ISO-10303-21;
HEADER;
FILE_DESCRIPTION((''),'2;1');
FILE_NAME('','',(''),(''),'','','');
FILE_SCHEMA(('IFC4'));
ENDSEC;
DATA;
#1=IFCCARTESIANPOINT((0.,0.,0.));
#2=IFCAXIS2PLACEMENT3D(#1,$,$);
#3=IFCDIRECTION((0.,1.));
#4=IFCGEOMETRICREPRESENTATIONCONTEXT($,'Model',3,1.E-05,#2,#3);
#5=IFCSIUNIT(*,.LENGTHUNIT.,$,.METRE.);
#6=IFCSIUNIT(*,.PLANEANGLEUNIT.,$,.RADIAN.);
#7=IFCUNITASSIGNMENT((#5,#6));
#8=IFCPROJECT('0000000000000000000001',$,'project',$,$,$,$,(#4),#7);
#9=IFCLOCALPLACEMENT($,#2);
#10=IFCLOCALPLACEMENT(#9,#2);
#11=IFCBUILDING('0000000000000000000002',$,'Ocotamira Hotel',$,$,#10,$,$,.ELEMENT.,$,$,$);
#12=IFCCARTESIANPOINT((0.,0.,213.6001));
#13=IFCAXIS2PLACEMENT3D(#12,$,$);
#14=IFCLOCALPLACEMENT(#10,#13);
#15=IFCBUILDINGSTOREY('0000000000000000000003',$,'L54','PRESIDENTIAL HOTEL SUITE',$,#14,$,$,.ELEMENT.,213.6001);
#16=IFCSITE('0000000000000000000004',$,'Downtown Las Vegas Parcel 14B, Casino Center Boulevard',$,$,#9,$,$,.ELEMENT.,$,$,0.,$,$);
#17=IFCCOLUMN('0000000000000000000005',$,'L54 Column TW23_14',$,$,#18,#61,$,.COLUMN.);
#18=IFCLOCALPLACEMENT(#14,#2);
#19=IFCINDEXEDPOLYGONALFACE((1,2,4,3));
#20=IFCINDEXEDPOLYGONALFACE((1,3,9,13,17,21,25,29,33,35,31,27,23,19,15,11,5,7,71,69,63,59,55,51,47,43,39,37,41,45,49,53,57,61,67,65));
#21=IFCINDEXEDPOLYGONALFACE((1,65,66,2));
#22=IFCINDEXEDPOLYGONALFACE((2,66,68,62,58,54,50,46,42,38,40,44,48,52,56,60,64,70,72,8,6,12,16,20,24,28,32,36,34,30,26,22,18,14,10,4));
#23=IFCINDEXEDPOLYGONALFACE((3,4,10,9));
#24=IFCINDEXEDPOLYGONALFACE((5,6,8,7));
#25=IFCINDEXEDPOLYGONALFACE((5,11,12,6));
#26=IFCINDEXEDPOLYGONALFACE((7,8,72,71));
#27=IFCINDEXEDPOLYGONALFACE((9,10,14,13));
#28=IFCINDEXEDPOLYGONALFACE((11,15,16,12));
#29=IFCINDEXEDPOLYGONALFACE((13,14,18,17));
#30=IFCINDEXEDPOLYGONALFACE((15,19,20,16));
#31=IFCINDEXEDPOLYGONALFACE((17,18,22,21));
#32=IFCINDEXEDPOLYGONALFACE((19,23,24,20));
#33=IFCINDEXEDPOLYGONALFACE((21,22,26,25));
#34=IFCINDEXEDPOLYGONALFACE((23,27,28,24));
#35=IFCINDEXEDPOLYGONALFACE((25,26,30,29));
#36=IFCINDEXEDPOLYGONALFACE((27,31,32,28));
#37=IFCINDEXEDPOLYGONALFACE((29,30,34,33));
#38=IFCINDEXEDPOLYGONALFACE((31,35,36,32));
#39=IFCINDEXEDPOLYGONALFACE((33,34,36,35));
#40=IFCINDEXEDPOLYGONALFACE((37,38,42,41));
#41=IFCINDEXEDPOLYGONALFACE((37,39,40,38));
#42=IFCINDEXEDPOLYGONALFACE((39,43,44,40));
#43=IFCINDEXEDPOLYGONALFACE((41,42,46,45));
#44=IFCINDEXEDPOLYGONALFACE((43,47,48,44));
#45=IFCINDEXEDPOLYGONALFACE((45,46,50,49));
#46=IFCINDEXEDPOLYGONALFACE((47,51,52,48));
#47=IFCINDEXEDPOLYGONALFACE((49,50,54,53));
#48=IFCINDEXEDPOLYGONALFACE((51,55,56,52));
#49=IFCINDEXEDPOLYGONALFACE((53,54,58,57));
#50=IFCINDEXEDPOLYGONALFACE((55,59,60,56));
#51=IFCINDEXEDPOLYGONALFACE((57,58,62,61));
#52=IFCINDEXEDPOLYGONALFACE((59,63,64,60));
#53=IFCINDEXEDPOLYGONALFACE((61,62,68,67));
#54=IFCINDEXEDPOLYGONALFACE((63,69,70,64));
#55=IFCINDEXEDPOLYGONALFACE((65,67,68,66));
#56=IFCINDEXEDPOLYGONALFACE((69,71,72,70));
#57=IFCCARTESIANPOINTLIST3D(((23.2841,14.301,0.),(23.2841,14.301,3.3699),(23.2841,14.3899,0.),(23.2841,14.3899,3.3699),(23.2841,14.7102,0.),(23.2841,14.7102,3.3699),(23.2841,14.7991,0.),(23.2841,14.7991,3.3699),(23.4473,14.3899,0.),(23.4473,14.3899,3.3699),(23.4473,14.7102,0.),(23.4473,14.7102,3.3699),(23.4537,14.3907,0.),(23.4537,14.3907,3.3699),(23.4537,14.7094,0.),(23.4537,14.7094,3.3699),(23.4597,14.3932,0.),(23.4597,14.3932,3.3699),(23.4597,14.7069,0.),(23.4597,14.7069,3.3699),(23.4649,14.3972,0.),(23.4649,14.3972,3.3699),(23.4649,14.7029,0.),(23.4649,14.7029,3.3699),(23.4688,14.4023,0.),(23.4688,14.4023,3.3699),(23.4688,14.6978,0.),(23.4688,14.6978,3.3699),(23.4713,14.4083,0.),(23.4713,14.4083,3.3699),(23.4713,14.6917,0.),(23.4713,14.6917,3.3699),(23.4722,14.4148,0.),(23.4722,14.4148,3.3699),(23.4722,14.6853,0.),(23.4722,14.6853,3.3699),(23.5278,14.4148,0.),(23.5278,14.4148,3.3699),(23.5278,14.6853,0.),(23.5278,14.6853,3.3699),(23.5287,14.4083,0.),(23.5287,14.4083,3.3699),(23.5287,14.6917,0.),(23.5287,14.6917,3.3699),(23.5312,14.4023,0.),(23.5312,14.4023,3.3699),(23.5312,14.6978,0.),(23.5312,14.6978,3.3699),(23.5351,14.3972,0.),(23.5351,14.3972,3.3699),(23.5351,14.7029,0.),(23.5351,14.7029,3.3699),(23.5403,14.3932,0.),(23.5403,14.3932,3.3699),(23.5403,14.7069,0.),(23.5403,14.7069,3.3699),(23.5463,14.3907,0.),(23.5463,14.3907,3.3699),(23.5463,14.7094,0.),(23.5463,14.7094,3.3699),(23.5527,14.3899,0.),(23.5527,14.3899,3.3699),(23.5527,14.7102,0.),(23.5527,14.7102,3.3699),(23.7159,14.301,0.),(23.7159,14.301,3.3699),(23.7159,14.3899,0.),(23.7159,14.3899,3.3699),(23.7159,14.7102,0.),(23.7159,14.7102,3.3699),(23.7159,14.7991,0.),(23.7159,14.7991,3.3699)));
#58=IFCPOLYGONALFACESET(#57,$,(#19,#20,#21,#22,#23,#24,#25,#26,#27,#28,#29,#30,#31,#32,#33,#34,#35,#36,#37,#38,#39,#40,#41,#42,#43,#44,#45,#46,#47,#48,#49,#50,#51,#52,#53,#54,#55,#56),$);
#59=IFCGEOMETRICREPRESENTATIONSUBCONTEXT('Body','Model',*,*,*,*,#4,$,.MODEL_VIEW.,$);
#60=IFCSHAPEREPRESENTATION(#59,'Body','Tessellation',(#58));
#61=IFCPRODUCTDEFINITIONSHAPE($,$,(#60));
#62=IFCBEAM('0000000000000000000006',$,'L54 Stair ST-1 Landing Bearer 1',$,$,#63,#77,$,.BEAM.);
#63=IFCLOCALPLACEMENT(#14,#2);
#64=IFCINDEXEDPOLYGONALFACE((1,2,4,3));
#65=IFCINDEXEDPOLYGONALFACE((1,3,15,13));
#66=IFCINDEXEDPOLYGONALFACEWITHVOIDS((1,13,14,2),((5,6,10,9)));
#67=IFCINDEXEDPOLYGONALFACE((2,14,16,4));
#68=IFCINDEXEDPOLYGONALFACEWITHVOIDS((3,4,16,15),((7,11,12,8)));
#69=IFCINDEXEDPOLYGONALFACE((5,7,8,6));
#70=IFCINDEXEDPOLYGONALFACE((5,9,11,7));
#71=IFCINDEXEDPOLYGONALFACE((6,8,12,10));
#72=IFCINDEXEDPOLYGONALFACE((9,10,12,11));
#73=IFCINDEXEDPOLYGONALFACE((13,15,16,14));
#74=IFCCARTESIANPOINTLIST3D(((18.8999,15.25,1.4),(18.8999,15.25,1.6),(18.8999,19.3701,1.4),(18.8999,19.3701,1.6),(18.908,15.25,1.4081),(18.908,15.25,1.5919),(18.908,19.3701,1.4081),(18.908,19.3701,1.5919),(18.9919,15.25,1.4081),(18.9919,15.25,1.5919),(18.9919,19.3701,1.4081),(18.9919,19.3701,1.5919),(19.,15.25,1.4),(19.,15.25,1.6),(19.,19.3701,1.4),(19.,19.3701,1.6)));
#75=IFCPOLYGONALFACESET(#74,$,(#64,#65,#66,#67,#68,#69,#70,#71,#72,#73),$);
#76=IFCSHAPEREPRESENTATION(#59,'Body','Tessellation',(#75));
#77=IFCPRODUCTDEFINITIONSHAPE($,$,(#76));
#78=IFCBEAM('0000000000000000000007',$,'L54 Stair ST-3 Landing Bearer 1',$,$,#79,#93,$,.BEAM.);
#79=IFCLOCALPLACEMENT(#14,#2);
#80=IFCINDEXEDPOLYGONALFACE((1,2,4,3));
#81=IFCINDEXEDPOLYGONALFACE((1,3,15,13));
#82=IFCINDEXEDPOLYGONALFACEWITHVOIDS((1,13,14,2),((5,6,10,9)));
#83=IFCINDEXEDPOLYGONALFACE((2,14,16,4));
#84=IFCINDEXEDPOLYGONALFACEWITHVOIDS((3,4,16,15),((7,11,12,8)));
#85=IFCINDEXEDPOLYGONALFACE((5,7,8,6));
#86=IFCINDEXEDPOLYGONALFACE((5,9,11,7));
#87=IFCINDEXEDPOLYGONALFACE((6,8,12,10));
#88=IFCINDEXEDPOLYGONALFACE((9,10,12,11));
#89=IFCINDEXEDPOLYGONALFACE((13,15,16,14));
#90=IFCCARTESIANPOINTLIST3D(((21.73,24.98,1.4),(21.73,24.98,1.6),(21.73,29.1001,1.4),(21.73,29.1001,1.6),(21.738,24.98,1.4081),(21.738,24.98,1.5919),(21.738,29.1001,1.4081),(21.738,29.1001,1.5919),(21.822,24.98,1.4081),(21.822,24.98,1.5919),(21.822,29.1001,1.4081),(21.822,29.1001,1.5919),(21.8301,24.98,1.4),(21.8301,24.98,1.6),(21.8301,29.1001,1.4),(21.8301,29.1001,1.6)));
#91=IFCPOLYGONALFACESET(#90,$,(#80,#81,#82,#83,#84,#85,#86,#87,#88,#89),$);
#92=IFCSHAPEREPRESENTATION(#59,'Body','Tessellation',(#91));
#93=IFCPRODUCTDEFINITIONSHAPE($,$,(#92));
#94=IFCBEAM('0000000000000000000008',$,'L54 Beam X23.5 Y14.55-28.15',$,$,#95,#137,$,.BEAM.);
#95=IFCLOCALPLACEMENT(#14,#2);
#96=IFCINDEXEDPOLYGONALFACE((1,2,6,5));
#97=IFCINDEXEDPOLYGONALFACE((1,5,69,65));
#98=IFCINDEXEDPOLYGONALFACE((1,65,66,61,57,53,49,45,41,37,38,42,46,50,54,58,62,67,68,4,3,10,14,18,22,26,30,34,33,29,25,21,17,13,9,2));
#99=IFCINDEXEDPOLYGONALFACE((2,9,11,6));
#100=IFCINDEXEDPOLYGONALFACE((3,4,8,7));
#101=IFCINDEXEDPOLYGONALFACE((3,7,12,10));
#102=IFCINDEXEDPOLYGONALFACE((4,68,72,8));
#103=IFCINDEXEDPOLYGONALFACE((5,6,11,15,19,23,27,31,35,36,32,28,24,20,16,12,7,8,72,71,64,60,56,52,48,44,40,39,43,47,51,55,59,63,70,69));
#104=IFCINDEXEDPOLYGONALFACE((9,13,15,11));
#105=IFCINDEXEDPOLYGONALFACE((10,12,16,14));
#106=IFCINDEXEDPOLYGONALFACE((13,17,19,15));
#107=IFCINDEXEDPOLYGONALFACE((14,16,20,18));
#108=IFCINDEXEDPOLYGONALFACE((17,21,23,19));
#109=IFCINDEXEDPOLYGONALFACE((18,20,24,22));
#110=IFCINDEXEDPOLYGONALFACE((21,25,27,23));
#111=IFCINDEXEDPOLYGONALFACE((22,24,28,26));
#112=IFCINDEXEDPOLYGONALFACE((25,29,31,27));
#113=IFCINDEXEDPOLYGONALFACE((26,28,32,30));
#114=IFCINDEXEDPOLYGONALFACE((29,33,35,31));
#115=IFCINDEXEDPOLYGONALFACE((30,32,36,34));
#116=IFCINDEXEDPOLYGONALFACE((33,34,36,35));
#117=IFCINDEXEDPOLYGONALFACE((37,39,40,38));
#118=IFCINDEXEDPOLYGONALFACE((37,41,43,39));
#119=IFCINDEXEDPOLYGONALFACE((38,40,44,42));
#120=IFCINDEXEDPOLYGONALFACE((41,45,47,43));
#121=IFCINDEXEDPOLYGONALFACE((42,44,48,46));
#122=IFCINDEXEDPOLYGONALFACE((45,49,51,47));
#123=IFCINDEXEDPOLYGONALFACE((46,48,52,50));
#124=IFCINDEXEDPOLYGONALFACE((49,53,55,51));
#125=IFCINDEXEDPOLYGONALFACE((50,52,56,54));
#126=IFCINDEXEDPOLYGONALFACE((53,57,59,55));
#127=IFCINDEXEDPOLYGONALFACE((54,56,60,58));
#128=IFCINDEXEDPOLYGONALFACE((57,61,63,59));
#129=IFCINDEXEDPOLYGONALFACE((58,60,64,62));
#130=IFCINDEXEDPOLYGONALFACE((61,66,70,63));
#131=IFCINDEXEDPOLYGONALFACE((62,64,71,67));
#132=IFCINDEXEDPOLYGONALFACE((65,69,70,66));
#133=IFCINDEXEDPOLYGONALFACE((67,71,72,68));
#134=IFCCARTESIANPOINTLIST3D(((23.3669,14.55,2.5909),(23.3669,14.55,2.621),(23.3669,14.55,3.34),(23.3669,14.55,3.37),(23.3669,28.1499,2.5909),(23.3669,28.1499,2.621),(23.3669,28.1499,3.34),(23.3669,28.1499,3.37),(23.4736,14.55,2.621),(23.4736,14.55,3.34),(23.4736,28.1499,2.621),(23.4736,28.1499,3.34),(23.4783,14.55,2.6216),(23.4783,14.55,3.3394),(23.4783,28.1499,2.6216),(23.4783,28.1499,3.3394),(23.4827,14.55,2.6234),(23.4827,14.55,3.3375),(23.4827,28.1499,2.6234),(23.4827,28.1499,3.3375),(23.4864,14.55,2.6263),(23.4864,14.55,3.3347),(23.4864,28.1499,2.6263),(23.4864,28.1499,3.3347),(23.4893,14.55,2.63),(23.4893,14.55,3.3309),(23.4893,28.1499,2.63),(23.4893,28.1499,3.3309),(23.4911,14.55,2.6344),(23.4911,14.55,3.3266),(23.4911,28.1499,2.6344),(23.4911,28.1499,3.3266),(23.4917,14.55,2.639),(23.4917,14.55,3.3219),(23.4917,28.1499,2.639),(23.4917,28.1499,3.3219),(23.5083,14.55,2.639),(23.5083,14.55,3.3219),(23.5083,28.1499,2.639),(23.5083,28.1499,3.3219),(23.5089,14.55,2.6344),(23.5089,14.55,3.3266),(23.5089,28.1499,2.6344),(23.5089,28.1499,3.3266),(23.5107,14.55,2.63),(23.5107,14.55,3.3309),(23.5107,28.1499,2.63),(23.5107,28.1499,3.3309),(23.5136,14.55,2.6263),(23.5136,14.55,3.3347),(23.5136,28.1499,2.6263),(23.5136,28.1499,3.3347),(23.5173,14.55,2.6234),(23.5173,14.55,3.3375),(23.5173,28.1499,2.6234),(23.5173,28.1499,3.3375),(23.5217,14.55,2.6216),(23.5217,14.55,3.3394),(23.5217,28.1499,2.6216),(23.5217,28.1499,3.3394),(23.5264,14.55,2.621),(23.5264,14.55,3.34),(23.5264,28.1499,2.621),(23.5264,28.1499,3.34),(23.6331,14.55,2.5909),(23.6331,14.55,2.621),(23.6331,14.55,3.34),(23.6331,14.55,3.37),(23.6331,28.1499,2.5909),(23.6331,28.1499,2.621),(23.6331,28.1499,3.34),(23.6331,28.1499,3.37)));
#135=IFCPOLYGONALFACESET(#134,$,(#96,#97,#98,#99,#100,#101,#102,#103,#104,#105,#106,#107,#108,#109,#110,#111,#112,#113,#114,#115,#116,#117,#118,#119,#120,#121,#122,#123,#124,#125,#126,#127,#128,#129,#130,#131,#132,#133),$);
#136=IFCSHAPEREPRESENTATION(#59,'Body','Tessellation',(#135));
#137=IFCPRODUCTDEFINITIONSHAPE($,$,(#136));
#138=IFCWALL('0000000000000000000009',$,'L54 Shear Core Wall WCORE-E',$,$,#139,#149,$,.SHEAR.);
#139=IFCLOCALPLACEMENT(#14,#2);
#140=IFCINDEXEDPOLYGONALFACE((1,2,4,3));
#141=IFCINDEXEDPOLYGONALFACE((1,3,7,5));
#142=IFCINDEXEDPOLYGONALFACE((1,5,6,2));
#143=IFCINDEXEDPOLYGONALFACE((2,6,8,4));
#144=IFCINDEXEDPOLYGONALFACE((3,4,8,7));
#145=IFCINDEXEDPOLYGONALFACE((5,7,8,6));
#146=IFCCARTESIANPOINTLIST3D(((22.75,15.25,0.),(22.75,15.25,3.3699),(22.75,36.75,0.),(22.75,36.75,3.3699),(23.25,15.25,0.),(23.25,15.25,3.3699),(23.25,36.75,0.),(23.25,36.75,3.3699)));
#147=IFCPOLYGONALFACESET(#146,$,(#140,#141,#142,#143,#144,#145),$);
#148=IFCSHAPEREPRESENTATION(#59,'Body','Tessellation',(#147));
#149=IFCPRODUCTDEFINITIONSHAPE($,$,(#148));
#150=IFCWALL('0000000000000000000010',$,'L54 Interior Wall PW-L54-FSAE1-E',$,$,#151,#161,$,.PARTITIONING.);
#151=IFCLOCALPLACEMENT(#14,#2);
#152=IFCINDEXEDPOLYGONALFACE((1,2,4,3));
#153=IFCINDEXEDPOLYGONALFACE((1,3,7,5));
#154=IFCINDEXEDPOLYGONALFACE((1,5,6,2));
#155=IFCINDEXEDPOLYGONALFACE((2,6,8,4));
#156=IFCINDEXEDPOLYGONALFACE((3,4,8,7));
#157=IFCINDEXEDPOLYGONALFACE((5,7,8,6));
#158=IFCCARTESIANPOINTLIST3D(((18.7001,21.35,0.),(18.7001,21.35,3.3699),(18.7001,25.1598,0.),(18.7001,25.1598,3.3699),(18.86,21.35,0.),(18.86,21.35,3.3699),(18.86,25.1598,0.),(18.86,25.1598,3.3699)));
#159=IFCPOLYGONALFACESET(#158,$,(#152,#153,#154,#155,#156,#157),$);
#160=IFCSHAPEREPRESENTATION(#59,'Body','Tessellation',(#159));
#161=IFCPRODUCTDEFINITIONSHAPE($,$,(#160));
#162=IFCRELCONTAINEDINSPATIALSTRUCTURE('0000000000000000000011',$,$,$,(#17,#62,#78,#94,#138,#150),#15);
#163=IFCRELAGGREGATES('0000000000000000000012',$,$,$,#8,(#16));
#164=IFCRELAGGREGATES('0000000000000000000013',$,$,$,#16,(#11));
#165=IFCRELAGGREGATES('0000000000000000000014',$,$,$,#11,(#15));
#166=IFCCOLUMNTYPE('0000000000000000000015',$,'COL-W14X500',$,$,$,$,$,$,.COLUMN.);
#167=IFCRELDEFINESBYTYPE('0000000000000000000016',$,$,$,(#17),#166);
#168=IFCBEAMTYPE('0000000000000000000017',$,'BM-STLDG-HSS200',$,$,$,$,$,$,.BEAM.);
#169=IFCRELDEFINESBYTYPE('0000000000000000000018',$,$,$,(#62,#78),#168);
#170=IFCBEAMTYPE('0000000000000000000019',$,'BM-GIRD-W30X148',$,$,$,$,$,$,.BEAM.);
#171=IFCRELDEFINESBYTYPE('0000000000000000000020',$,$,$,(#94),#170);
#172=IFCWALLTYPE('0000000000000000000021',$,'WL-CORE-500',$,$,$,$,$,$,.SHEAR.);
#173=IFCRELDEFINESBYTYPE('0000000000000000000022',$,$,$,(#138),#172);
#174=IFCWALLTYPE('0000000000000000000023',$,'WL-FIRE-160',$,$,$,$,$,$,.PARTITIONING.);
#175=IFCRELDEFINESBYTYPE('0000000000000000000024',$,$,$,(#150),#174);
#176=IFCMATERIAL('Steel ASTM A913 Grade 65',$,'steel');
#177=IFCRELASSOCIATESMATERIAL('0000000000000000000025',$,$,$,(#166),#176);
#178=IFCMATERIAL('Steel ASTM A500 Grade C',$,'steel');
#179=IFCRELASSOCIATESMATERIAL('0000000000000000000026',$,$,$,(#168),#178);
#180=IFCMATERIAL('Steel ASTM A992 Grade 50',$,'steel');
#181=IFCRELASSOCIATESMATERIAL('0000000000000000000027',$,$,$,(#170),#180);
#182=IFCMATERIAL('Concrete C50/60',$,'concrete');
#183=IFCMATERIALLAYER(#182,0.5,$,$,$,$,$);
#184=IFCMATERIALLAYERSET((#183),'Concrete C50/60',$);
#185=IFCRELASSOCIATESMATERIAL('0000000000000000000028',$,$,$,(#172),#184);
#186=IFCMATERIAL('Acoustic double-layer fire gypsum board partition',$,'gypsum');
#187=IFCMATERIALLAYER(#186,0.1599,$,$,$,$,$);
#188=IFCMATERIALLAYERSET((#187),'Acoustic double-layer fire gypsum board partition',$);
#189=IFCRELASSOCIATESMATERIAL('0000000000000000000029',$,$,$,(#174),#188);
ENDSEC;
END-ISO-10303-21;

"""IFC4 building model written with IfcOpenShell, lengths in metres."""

from ifc_helpers import new_model, si_unit, direction, frame, frame_2d, origin, origin_2d, place, context, subcontext, project, spatial, rectangle, hollow_rectangle, i_section, extrude, source, transform, mapped, material, layer, layer_set, material_profile, profile_set, type_object, element, save


model = new_model("IFC4")

# Units and contexts
model_context = context("Model", 3, precision=1e-05, world=origin(), true_north=direction((0.0, 1.0)))
body_context = subcontext(model_context, "Body", "Model", "MODEL_VIEW")
ifc_project = project(units=[si_unit("LENGTHUNIT", "METRE"), si_unit("PLANEANGLEUNIT", "RADIAN")], contexts=[model_context])

# Site, building, storey
site_placement = place(None, origin())
site = spatial("IfcSite", under=ifc_project, at=site_placement, Name="Downtown Las Vegas Parcel 14B, Casino Center Boulevard", CompositionType="ELEMENT", RefElevation=0.0)
building_placement = place(site_placement, origin())
building = spatial("IfcBuilding", under=site, at=building_placement, Name="Ocotamira Hotel", CompositionType="ELEMENT")
storey_placement = place(building_placement, frame((0.0, 0.0, 213.6001)))
storey = spatial("IfcBuildingStorey", under=building, at=storey_placement, Name="L54", Description="PRESIDENTIAL HOTEL SUITE", CompositionType="ELEMENT", Elevation=213.6001)

# Column
ifc_material_1 = material(Name="Steel ASTM A913 Grade 65", Category="steel")
ifc_material_profile_1 = material_profile(ifc_material_1, i_section(OverallWidth=0.4319, OverallDepth=0.498, WebThickness=0.0557, FlangeThickness=0.0889, FilletRadius=0.0249, at=origin_2d()), Name="W14X500")
ifc_profile_set_1 = profile_set([ifc_material_profile_1], Name="Steel ASTM A913 Grade 65")
column_type = type_object("IfcColumnType", Name="COL-W14X500", PredefinedType="COLUMN", material=ifc_profile_set_1)
shared_shape_1 = source(origin(), body_context, "Body", "SweptSolid", [
    extrude(i_section(OverallWidth=0.4319, OverallDepth=0.498, WebThickness=0.0557, FlangeThickness=0.0889, FilletRadius=0.0249, at=origin_2d()), origin(), (0.0, 0.0, 1.0), 3.3699),
])
column_placement = place(storey_placement, frame((23.5, 14.55, 0.0), z_axis=(0.0, 0.0, 1.0), x_axis=(1.0, 0.0, 0.0)))
element("IfcColumn", 1, at=column_placement, inside=storey, type_object=column_type, Name="L54 Column TW23_14", PredefinedType="COLUMN", context=body_context, shape_type="MappedRepresentation", body=[
    mapped(shared_shape_1, transform((0.0, 0.0, 0.0), scale=1.0)),
])

# Beams
ifc_material_2 = material(Name="Steel ASTM A500 Grade C", Category="steel")
ifc_material_profile_2 = material_profile(ifc_material_2, hollow_rectangle(XDim=0.1001, YDim=0.2, WallThickness=0.0081, at=origin_2d()), Name="HSS200X100X8")
ifc_profile_set_2 = profile_set([ifc_material_profile_2], Name="Steel ASTM A500 Grade C")
beam_type_1 = type_object("IfcBeamType", Name="BM-STLDG-HSS200", PredefinedType="BEAM", material=ifc_profile_set_2)
shared_shape_2 = source(origin(), body_context, "Body", "SweptSolid", [
    extrude(hollow_rectangle(XDim=0.1001, YDim=0.2, WallThickness=0.0081, at=origin_2d()), origin(), (0.0, 0.0, 1.0), 4.1201),
])
for number, where, z_axis, x_axis, name in (
    (2, (18.95, 15.25, 1.5), (0.0, 1.0, 0.0), (-1.0, 0.0, 0.0), "L54 Stair ST-1 Landing Bearer 1"),
    (3, (21.78, 24.98, 1.5), (0.0, 1.0, 0.0), (-1.0, 0.0, 0.0), "L54 Stair ST-3 Landing Bearer 1"),
):
    element("IfcBeam", number, at=place(storey_placement, frame(where, z_axis=z_axis, x_axis=x_axis)), inside=storey, type_object=beam_type_1, Name=name, PredefinedType="BEAM", context=body_context, shape_type="MappedRepresentation", body=[
        mapped(shared_shape_2, transform((0.0, 0.0, 0.0), scale=1.0)),
    ])
ifc_material_3 = material(Name="Steel ASTM A992 Grade 50", Category="steel")
ifc_material_profile_3 = material_profile(ifc_material_3, i_section(OverallWidth=0.2661, OverallDepth=0.7791, WebThickness=0.0166, FlangeThickness=0.03, FilletRadius=0.0181, at=origin_2d()), Name="W30X148")
ifc_profile_set_3 = profile_set([ifc_material_profile_3], Name="Steel ASTM A992 Grade 50")
beam_type_2 = type_object("IfcBeamType", Name="BM-GIRD-W30X148", PredefinedType="BEAM", material=ifc_profile_set_3)
shared_shape_3 = source(origin(), body_context, "Body", "SweptSolid", [
    extrude(i_section(OverallWidth=0.2661, OverallDepth=0.7791, WebThickness=0.0166, FlangeThickness=0.03, FilletRadius=0.0181, at=origin_2d()), origin(), (0.0, 0.0, 1.0), 13.5999),
])
beam_placement = place(storey_placement, frame((23.5, 14.55, 2.9805), z_axis=(0.0, 1.0, 0.0), x_axis=(-1.0, 0.0, 0.0)))
element("IfcBeam", 4, at=beam_placement, inside=storey, type_object=beam_type_2, Name="L54 Beam X23.5 Y14.55-28.15", PredefinedType="BEAM", context=body_context, shape_type="MappedRepresentation", body=[
    mapped(shared_shape_3, transform((0.0, 0.0, 0.0), scale=1.0)),
])

# Walls
ifc_material_4 = material(Name="Concrete C50/60", Category="concrete")
ifc_layer_1 = layer(ifc_material_4, 0.5)
ifc_layer_set_1 = layer_set([ifc_layer_1], Name="Concrete C50/60")
wall_type_1 = type_object("IfcWallType", Name="WL-CORE-500", PredefinedType="SHEAR", material=ifc_layer_set_1)
wall_1_placement = place(storey_placement, frame((23.0, 15.25, 0.0), z_axis=(0.0, 0.0, 1.0), x_axis=(0.0, 1.0, 0.0)))
element("IfcWall", 5, at=wall_1_placement, inside=storey, type_object=wall_type_1, Name="L54 Shear Core Wall WCORE-E", PredefinedType="SHEAR", context=body_context, shape_type="SweptSolid", body=[
    extrude(rectangle(XDim=21.5, YDim=0.5, at=frame_2d((10.75, 0.0))), origin(), (0.0, 0.0, 1.0), 3.3699),
])
ifc_material_5 = material(Name="Acoustic double-layer fire gypsum board partition", Category="gypsum")
ifc_layer_2 = layer(ifc_material_5, 0.1599)
ifc_layer_set_2 = layer_set([ifc_layer_2], Name="Acoustic double-layer fire gypsum board partition")
wall_type_2 = type_object("IfcWallType", Name="WL-FIRE-160", PredefinedType="PARTITIONING", material=ifc_layer_set_2)
wall_2_placement = place(storey_placement, frame((18.78, 21.3501, 0.0), z_axis=(0.0, 0.0, 1.0), x_axis=(0.0, 1.0, 0.0)))
element("IfcWall", 6, at=wall_2_placement, inside=storey, type_object=wall_type_2, Name="L54 Interior Wall PW-L54-FSAE1-E", PredefinedType="PARTITIONING", context=body_context, shape_type="SweptSolid", body=[
    extrude(rectangle(XDim=3.8098, YDim=0.1599, at=frame_2d((1.9048, 0.0))), origin(), (0.0, 0.0, 1.0), 3.3699),
])

save(model, "model.ifc")
